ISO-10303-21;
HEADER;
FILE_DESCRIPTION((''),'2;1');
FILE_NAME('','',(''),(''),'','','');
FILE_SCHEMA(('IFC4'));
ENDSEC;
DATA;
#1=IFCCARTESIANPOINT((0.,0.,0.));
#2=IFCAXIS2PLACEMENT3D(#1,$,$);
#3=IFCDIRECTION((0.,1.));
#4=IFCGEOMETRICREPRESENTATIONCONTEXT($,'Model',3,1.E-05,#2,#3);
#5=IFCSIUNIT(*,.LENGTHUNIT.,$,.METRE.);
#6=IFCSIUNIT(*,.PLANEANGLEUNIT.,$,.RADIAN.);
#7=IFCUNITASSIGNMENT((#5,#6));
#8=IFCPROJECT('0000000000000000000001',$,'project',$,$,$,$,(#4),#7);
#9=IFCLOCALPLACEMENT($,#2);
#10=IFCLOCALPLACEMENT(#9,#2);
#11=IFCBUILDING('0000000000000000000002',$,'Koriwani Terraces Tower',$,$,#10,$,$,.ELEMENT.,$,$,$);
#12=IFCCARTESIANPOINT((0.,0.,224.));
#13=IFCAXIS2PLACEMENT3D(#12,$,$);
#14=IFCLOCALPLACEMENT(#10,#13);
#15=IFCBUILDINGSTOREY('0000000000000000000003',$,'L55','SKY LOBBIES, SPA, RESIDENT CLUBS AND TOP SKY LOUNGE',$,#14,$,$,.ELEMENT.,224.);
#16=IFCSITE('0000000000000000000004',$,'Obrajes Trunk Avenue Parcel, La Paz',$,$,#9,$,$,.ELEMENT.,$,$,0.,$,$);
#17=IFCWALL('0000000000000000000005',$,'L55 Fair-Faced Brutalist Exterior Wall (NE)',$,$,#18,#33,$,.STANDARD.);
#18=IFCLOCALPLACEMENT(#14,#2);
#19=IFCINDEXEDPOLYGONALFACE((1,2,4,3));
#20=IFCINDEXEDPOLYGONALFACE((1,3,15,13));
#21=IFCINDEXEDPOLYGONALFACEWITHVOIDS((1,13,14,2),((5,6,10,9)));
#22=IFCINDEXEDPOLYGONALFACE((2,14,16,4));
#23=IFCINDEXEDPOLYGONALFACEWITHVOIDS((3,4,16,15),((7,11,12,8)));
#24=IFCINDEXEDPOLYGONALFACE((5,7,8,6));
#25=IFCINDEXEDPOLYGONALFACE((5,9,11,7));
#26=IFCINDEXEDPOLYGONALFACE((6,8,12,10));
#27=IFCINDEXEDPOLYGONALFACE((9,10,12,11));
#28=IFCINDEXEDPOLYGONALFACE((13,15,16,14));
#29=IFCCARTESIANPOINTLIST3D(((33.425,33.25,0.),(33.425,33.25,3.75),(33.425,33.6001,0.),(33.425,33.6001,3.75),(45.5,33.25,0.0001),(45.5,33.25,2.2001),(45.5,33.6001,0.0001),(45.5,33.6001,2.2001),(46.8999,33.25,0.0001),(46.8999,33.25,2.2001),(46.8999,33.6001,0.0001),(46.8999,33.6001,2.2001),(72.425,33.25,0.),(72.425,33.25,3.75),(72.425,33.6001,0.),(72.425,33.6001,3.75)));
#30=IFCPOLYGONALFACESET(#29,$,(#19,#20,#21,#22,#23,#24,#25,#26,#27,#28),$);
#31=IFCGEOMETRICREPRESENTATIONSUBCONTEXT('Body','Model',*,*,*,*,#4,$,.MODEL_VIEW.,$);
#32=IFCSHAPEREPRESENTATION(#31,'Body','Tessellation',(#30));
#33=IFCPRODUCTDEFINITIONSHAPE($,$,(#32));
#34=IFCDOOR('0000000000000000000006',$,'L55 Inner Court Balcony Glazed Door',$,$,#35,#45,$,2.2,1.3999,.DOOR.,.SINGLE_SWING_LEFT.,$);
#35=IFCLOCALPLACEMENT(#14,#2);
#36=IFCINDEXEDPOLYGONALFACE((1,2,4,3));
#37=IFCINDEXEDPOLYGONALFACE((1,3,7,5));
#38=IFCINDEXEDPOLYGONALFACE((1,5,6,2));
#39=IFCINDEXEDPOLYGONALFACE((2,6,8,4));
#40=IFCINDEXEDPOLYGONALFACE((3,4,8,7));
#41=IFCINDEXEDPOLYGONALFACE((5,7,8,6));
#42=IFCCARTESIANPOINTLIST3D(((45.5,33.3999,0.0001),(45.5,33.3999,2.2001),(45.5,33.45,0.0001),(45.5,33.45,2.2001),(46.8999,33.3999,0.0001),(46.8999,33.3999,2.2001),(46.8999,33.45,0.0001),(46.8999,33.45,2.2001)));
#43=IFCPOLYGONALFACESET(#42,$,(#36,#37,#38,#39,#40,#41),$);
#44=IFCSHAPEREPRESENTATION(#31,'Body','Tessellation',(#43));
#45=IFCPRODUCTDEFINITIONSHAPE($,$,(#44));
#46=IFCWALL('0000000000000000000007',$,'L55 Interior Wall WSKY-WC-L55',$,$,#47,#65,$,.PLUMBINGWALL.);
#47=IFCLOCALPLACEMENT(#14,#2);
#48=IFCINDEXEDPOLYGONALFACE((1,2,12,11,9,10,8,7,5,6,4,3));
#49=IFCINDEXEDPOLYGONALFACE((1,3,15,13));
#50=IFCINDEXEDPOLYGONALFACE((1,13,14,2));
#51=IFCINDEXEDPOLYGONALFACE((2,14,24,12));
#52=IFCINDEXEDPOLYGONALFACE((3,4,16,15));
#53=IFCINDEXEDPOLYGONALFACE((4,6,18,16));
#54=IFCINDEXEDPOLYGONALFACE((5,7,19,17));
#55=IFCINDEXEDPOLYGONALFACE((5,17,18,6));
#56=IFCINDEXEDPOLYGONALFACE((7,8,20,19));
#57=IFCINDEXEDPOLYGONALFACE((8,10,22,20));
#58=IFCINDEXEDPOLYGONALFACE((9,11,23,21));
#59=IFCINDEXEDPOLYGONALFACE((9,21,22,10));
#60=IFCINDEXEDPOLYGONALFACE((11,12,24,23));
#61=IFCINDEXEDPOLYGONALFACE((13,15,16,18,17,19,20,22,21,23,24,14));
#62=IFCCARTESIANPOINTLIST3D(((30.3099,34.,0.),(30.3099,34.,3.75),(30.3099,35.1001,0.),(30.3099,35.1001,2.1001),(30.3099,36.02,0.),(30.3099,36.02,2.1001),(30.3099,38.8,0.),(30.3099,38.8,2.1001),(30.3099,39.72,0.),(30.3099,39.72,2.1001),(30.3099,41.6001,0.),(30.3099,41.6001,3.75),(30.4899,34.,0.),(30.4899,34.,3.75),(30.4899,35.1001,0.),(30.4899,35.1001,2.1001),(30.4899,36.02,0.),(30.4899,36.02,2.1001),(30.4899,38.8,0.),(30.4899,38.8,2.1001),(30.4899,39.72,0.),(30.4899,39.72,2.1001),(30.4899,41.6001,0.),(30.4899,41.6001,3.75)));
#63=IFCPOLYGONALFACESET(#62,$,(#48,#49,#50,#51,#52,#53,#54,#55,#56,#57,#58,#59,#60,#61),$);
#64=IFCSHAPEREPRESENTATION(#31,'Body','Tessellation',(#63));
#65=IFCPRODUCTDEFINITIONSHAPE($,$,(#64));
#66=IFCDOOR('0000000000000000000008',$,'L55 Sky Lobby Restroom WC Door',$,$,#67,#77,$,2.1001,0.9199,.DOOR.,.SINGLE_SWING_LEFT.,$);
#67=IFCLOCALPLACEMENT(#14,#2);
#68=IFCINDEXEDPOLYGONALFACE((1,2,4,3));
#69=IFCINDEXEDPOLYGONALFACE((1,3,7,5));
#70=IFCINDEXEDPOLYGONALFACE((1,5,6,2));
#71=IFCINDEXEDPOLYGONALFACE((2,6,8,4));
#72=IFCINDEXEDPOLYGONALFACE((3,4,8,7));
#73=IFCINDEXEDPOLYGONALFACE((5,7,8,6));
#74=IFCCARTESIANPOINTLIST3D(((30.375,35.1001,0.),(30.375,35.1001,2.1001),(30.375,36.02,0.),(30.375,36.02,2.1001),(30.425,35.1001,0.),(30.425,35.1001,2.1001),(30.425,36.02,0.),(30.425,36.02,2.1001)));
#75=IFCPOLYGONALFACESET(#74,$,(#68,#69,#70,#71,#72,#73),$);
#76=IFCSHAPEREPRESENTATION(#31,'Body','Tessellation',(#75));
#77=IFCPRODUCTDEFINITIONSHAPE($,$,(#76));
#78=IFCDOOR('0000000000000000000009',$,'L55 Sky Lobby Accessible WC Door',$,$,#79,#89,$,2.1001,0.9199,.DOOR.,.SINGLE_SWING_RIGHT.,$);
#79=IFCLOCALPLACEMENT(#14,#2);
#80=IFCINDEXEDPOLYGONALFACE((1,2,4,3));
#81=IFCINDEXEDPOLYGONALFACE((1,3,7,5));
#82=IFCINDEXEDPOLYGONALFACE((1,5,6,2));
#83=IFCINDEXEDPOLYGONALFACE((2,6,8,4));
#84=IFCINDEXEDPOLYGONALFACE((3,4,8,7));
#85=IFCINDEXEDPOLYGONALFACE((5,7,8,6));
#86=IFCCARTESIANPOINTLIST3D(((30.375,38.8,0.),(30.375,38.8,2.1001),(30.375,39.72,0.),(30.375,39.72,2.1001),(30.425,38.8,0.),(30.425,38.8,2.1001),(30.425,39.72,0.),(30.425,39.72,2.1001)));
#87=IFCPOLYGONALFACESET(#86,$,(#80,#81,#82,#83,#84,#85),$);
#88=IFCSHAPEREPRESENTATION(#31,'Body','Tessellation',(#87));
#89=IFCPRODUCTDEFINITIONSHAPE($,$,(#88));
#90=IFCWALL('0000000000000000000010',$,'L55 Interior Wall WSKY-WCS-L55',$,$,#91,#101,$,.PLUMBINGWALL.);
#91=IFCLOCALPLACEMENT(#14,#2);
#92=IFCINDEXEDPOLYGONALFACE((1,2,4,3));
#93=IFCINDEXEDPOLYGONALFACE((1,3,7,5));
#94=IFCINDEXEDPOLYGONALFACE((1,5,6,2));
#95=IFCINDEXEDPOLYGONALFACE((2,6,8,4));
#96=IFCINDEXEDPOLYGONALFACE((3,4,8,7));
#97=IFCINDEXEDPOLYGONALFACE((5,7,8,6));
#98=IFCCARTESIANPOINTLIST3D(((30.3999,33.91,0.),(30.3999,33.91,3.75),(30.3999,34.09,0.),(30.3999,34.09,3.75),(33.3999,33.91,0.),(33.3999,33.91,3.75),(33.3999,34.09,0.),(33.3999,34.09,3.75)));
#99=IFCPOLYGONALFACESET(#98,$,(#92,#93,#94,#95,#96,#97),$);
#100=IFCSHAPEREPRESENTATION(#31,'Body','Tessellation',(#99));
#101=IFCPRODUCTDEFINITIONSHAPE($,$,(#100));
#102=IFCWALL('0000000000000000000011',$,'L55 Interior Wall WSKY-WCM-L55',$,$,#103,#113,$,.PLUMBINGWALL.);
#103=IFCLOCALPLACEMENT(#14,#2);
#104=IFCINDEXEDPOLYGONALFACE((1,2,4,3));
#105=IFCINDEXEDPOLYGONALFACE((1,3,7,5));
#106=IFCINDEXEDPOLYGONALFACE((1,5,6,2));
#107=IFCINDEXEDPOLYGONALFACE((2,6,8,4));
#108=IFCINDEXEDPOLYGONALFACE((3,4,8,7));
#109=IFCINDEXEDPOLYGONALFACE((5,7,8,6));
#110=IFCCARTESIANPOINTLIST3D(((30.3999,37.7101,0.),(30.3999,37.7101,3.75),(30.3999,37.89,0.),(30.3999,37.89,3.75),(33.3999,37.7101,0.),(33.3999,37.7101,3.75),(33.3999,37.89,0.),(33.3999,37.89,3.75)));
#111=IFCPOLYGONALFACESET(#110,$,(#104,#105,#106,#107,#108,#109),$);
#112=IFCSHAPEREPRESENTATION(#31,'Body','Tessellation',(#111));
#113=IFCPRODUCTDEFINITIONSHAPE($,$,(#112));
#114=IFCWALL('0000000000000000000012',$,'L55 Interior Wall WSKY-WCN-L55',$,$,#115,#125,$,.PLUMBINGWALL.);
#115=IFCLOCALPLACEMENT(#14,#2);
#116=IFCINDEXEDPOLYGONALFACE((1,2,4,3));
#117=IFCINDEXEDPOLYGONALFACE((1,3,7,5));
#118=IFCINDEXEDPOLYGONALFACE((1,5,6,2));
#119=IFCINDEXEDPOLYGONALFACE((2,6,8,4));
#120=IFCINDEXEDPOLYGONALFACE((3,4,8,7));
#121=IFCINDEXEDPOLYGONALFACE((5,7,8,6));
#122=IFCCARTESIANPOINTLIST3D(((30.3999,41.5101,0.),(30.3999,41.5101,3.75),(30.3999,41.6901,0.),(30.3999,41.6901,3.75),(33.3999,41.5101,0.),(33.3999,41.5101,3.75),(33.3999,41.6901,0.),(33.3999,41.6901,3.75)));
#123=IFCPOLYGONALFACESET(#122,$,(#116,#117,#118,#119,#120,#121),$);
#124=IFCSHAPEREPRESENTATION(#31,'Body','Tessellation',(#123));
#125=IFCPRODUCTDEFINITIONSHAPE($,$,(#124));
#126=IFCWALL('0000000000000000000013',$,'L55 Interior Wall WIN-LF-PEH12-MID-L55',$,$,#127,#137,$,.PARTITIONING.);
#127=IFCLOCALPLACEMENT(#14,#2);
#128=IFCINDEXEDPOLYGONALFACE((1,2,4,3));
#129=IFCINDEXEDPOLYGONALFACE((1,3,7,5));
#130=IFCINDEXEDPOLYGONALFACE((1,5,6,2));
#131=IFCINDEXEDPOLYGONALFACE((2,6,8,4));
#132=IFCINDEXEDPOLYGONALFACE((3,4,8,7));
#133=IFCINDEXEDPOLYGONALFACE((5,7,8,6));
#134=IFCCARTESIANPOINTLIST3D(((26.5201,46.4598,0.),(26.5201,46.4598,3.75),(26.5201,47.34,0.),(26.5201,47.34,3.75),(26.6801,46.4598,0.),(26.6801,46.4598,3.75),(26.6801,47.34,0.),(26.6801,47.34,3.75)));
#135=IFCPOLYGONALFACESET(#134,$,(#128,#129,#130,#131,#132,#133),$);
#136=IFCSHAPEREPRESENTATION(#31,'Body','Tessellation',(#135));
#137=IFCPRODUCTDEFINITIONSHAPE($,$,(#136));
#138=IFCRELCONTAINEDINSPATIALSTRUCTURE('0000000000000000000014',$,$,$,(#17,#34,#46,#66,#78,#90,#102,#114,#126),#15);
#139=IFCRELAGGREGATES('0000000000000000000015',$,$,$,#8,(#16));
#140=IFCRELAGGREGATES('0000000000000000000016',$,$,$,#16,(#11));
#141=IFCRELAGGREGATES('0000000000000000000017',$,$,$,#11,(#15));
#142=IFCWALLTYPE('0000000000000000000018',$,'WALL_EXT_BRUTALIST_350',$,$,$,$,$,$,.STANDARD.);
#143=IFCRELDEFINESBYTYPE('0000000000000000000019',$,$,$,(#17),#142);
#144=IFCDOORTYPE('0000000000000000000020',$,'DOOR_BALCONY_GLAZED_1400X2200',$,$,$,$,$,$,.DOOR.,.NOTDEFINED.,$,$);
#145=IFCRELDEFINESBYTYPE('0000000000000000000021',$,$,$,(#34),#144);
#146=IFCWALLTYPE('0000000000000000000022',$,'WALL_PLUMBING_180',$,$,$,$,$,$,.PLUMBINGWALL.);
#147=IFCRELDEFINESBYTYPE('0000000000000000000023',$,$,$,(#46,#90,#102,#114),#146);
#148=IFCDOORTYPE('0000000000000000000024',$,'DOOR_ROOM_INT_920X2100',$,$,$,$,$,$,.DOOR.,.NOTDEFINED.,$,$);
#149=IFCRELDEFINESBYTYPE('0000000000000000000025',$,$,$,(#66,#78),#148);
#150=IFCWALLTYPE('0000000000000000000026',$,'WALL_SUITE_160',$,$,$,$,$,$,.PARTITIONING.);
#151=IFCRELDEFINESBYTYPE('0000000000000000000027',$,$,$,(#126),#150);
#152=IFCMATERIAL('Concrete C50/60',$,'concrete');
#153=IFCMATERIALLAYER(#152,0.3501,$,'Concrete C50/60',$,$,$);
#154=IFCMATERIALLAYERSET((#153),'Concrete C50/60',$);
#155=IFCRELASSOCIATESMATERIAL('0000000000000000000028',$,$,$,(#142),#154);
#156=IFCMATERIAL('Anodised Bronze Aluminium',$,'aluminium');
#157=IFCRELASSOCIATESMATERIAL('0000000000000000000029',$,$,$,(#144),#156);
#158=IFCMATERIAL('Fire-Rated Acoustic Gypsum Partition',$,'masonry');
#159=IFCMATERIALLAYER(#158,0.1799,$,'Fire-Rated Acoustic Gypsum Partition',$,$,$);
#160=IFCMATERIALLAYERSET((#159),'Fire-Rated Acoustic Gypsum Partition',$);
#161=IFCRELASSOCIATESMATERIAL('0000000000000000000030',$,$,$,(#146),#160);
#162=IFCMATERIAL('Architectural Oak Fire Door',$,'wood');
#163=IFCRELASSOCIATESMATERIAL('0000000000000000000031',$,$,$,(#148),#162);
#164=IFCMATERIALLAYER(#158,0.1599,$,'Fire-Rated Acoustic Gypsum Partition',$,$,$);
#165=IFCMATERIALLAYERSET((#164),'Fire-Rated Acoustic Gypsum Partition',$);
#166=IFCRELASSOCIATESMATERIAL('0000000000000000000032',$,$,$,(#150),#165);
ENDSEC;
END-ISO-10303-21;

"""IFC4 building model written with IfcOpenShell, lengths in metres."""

from ifc_helpers import new_model, si_unit, direction, frame, frame_2d, origin, place, context, subcontext, project, spatial, rectangle, extrude, material, layer, layer_set, type_object, element, fill, save


model = new_model("IFC4")

# Units and contexts
model_context = context("Model", 3, precision=1e-05, world=origin(), true_north=direction((0.0, 1.0)))
body_context = subcontext(model_context, "Body", "Model", "MODEL_VIEW")
ifc_project = project(units=[si_unit("LENGTHUNIT", "METRE"), si_unit("PLANEANGLEUNIT", "RADIAN")], contexts=[model_context])

# Site, building, storey
site_placement = place(None, origin())
site = spatial("IfcSite", under=ifc_project, at=site_placement, Name="Obrajes Trunk Avenue Parcel, La Paz", CompositionType="ELEMENT", RefElevation=0.0)
building_placement = place(site_placement, origin())
building = spatial("IfcBuilding", under=site, at=building_placement, Name="Koriwani Terraces Tower", CompositionType="ELEMENT")
storey_placement = place(building_placement, frame((0.0, 0.0, 224.0)))
storey = spatial("IfcBuildingStorey", under=building, at=storey_placement, Name="L55", Description="SKY LOBBIES, SPA, RESIDENT CLUBS AND TOP SKY LOUNGE", CompositionType="ELEMENT", Elevation=224.0)

# Shared definitions
ifc_material_1 = material(Name="Concrete C50/60", Category="concrete")

# Shared definitions
ifc_material_2 = material(Name="Anodised Bronze Aluminium", Category="aluminium")

# Shared definitions
ifc_layer_1 = layer(ifc_material_1, 0.3501, Name="Concrete C50/60")
ifc_layer_set_1 = layer_set([ifc_layer_1], Name="Concrete C50/60")
wall_type_1 = type_object("IfcWallType", Name="WALL_EXT_BRUTALIST_350", PredefinedType="STANDARD", material=ifc_layer_set_1)

# Wall, opening, door
wall_1_placement = place(storey_placement, frame((33.425, 33.425, 0.0), z_axis=(0.0, 0.0, 1.0), x_axis=(1.0, 0.0, 0.0)))
wall_1 = element("IfcWall", 1, at=wall_1_placement, inside=storey, type_object=wall_type_1, Name="L55 Fair-Faced Brutalist Exterior Wall (NE)", PredefinedType="STANDARD", context=body_context, shape_type="SweptSolid", body=[
    extrude(rectangle(XDim=39.0, YDim=0.3501, at=frame_2d((19.5, 0.0))), origin(), (0.0, 0.0, 1.0), 3.75),
])
opening_1_placement = place(wall_1_placement, frame((12.075, 0.0, 0.0)))
opening_1 = element("IfcOpeningElement", 2, at=opening_1_placement, cuts=wall_1, PredefinedType="OPENING", context=body_context, shape_type="SweptSolid", body=[
    extrude(rectangle(XDim=1.3999, YDim=2.2, at=frame_2d((0.7, 1.1001))), frame((0.0, 0.1851, 0.0), z_axis=(0.0, -1.0, 0.0), x_axis=(1.0, 0.0, 0.0)), (0.0, 0.0, 1.0), 0.3701),
])
door_type_1 = type_object("IfcDoorType", Name="DOOR_BALCONY_GLAZED_1400X2200", OperationType="NOTDEFINED", PredefinedType="DOOR", material=ifc_material_2)
door_1_placement = place(opening_1_placement, origin())
door_1 = element("IfcDoor", 3, at=door_1_placement, inside=storey, type_object=door_type_1, Name="L55 Inner Court Balcony Glazed Door", OperationType="SINGLE_SWING_LEFT", OverallHeight=2.2, OverallWidth=1.3999, PredefinedType="DOOR", context=body_context, shape_type="SweptSolid", body=[
    extrude(rectangle(XDim=1.3999, YDim=2.2, at=frame_2d((0.7, 1.1001))), frame((0.0, 0.0249, 0.0), z_axis=(0.0, -1.0, 0.0), x_axis=(1.0, 0.0, 0.0)), (0.0, 0.0, 1.0), 0.05),
])
fill(opening_1, door_1)

# Wall, openings, doors
ifc_material_3 = material(Name="Fire-Rated Acoustic Gypsum Partition", Category="masonry")
ifc_layer_2 = layer(ifc_material_3, 0.1799, Name="Fire-Rated Acoustic Gypsum Partition")
ifc_layer_set_2 = layer_set([ifc_layer_2], Name="Fire-Rated Acoustic Gypsum Partition")
wall_type_2 = type_object("IfcWallType", Name="WALL_PLUMBING_180", PredefinedType="PLUMBINGWALL", material=ifc_layer_set_2)
wall_2_placement = place(storey_placement, frame((30.3999, 34.0, 0.0), z_axis=(0.0, 0.0, 1.0), x_axis=(0.0, 1.0, 0.0)))
wall_2 = element("IfcWall", 4, at=wall_2_placement, inside=storey, type_object=wall_type_2, Name="L55 Interior Wall WSKY-WC-L55", PredefinedType="PLUMBINGWALL", context=body_context, shape_type="SweptSolid", body=[
    extrude(rectangle(XDim=7.6001, YDim=0.1799, at=frame_2d((3.8, 0.0))), origin(), (0.0, 0.0, 1.0), 3.75),
])
opening_2_placement = place(wall_2_placement, frame((1.1001, 0.0, 0.0)))
opening_2 = element("IfcOpeningElement", 5, at=opening_2_placement, cuts=wall_2, PredefinedType="OPENING", context=body_context, shape_type="SweptSolid", body=[
    extrude(rectangle(XDim=0.9199, YDim=2.1001, at=frame_2d((0.46, 1.05))), frame((0.0, 0.1001, 0.0), z_axis=(0.0, -1.0, 0.0), x_axis=(1.0, 0.0, 0.0)), (0.0, 0.0, 1.0), 0.2),
])
opening_3_placement = place(wall_2_placement, frame((4.8, 0.0, 0.0)))
opening_3 = element("IfcOpeningElement", 6, at=opening_3_placement, cuts=wall_2, PredefinedType="OPENING", context=body_context, shape_type="SweptSolid", body=[
    extrude(rectangle(XDim=0.9199, YDim=2.1001, at=frame_2d((0.46, 1.05))), frame((0.0, 0.1001, 0.0), z_axis=(0.0, -1.0, 0.0), x_axis=(1.0, 0.0, 0.0)), (0.0, 0.0, 1.0), 0.2),
])
ifc_material_4 = material(Name="Architectural Oak Fire Door", Category="wood")
door_type_2 = type_object("IfcDoorType", Name="DOOR_ROOM_INT_920X2100", OperationType="NOTDEFINED", PredefinedType="DOOR", material=ifc_material_4)
door_2_placement = place(opening_2_placement, origin())
door_2 = element("IfcDoor", 7, at=door_2_placement, inside=storey, type_object=door_type_2, Name="L55 Sky Lobby Restroom WC Door", OperationType="SINGLE_SWING_LEFT", OverallHeight=2.1001, OverallWidth=0.9199, PredefinedType="DOOR", context=body_context, shape_type="SweptSolid", body=[
    extrude(rectangle(XDim=0.9199, YDim=2.1001, at=frame_2d((0.46, 1.05))), frame((0.0, 0.0249, 0.0), z_axis=(0.0, -1.0, 0.0), x_axis=(1.0, 0.0, 0.0)), (0.0, 0.0, 1.0), 0.05),
])
fill(opening_2, door_2)
door_3_placement = place(opening_3_placement, origin())
door_3 = element("IfcDoor", 8, at=door_3_placement, inside=storey, type_object=door_type_2, Name="L55 Sky Lobby Accessible WC Door", OperationType="SINGLE_SWING_RIGHT", OverallHeight=2.1001, OverallWidth=0.9199, PredefinedType="DOOR", context=body_context, shape_type="SweptSolid", body=[
    extrude(rectangle(XDim=0.9199, YDim=2.1001, at=frame_2d((0.46, 1.05))), frame((0.0, 0.0249, 0.0), z_axis=(0.0, -1.0, 0.0), x_axis=(1.0, 0.0, 0.0)), (0.0, 0.0, 1.0), 0.05),
])
fill(opening_3, door_3)

# Walls
for number, where, z_axis, x_axis, name in (
    (9, (30.3999, 34.0, 0.0), (0.0, 0.0, 1.0), (1.0, 0.0, 0.0), "L55 Interior Wall WSKY-WCS-L55"),
    (10, (30.3999, 37.8, 0.0), (0.0, 0.0, 1.0), (1.0, 0.0, 0.0), "L55 Interior Wall WSKY-WCM-L55"),
    (11, (30.3999, 41.6001, 0.0), (0.0, 0.0, 1.0), (1.0, 0.0, 0.0), "L55 Interior Wall WSKY-WCN-L55"),
):
    element("IfcWall", number, at=place(storey_placement, frame(where, z_axis=z_axis, x_axis=x_axis)), inside=storey, type_object=wall_type_2, Name=name, PredefinedType="PLUMBINGWALL", context=body_context, shape_type="SweptSolid", body=[
        extrude(rectangle(XDim=3.0, YDim=0.1799, at=frame_2d((1.5, 0.0))), origin(), (0.0, 0.0, 1.0), 3.75),
    ])

# Wall
ifc_layer_3 = layer(ifc_material_3, 0.1599, Name="Fire-Rated Acoustic Gypsum Partition")
ifc_layer_set_3 = layer_set([ifc_layer_3], Name="Fire-Rated Acoustic Gypsum Partition")
wall_type_3 = type_object("IfcWallType", Name="WALL_SUITE_160", PredefinedType="PARTITIONING", material=ifc_layer_set_3)
wall_3_placement = place(storey_placement, frame((26.6001, 46.46, 0.0), z_axis=(0.0, 0.0, 1.0), x_axis=(0.0, 1.0, 0.0)))
element("IfcWall", 12, at=wall_3_placement, inside=storey, type_object=wall_type_3, Name="L55 Interior Wall WIN-LF-PEH12-MID-L55", PredefinedType="PARTITIONING", context=body_context, shape_type="SweptSolid", body=[
    extrude(rectangle(XDim=0.8801, YDim=0.1599, at=frame_2d((0.4399, 0.0))), origin(), (0.0, 0.0, 1.0), 3.75),
])

save(model, "model.ifc")
